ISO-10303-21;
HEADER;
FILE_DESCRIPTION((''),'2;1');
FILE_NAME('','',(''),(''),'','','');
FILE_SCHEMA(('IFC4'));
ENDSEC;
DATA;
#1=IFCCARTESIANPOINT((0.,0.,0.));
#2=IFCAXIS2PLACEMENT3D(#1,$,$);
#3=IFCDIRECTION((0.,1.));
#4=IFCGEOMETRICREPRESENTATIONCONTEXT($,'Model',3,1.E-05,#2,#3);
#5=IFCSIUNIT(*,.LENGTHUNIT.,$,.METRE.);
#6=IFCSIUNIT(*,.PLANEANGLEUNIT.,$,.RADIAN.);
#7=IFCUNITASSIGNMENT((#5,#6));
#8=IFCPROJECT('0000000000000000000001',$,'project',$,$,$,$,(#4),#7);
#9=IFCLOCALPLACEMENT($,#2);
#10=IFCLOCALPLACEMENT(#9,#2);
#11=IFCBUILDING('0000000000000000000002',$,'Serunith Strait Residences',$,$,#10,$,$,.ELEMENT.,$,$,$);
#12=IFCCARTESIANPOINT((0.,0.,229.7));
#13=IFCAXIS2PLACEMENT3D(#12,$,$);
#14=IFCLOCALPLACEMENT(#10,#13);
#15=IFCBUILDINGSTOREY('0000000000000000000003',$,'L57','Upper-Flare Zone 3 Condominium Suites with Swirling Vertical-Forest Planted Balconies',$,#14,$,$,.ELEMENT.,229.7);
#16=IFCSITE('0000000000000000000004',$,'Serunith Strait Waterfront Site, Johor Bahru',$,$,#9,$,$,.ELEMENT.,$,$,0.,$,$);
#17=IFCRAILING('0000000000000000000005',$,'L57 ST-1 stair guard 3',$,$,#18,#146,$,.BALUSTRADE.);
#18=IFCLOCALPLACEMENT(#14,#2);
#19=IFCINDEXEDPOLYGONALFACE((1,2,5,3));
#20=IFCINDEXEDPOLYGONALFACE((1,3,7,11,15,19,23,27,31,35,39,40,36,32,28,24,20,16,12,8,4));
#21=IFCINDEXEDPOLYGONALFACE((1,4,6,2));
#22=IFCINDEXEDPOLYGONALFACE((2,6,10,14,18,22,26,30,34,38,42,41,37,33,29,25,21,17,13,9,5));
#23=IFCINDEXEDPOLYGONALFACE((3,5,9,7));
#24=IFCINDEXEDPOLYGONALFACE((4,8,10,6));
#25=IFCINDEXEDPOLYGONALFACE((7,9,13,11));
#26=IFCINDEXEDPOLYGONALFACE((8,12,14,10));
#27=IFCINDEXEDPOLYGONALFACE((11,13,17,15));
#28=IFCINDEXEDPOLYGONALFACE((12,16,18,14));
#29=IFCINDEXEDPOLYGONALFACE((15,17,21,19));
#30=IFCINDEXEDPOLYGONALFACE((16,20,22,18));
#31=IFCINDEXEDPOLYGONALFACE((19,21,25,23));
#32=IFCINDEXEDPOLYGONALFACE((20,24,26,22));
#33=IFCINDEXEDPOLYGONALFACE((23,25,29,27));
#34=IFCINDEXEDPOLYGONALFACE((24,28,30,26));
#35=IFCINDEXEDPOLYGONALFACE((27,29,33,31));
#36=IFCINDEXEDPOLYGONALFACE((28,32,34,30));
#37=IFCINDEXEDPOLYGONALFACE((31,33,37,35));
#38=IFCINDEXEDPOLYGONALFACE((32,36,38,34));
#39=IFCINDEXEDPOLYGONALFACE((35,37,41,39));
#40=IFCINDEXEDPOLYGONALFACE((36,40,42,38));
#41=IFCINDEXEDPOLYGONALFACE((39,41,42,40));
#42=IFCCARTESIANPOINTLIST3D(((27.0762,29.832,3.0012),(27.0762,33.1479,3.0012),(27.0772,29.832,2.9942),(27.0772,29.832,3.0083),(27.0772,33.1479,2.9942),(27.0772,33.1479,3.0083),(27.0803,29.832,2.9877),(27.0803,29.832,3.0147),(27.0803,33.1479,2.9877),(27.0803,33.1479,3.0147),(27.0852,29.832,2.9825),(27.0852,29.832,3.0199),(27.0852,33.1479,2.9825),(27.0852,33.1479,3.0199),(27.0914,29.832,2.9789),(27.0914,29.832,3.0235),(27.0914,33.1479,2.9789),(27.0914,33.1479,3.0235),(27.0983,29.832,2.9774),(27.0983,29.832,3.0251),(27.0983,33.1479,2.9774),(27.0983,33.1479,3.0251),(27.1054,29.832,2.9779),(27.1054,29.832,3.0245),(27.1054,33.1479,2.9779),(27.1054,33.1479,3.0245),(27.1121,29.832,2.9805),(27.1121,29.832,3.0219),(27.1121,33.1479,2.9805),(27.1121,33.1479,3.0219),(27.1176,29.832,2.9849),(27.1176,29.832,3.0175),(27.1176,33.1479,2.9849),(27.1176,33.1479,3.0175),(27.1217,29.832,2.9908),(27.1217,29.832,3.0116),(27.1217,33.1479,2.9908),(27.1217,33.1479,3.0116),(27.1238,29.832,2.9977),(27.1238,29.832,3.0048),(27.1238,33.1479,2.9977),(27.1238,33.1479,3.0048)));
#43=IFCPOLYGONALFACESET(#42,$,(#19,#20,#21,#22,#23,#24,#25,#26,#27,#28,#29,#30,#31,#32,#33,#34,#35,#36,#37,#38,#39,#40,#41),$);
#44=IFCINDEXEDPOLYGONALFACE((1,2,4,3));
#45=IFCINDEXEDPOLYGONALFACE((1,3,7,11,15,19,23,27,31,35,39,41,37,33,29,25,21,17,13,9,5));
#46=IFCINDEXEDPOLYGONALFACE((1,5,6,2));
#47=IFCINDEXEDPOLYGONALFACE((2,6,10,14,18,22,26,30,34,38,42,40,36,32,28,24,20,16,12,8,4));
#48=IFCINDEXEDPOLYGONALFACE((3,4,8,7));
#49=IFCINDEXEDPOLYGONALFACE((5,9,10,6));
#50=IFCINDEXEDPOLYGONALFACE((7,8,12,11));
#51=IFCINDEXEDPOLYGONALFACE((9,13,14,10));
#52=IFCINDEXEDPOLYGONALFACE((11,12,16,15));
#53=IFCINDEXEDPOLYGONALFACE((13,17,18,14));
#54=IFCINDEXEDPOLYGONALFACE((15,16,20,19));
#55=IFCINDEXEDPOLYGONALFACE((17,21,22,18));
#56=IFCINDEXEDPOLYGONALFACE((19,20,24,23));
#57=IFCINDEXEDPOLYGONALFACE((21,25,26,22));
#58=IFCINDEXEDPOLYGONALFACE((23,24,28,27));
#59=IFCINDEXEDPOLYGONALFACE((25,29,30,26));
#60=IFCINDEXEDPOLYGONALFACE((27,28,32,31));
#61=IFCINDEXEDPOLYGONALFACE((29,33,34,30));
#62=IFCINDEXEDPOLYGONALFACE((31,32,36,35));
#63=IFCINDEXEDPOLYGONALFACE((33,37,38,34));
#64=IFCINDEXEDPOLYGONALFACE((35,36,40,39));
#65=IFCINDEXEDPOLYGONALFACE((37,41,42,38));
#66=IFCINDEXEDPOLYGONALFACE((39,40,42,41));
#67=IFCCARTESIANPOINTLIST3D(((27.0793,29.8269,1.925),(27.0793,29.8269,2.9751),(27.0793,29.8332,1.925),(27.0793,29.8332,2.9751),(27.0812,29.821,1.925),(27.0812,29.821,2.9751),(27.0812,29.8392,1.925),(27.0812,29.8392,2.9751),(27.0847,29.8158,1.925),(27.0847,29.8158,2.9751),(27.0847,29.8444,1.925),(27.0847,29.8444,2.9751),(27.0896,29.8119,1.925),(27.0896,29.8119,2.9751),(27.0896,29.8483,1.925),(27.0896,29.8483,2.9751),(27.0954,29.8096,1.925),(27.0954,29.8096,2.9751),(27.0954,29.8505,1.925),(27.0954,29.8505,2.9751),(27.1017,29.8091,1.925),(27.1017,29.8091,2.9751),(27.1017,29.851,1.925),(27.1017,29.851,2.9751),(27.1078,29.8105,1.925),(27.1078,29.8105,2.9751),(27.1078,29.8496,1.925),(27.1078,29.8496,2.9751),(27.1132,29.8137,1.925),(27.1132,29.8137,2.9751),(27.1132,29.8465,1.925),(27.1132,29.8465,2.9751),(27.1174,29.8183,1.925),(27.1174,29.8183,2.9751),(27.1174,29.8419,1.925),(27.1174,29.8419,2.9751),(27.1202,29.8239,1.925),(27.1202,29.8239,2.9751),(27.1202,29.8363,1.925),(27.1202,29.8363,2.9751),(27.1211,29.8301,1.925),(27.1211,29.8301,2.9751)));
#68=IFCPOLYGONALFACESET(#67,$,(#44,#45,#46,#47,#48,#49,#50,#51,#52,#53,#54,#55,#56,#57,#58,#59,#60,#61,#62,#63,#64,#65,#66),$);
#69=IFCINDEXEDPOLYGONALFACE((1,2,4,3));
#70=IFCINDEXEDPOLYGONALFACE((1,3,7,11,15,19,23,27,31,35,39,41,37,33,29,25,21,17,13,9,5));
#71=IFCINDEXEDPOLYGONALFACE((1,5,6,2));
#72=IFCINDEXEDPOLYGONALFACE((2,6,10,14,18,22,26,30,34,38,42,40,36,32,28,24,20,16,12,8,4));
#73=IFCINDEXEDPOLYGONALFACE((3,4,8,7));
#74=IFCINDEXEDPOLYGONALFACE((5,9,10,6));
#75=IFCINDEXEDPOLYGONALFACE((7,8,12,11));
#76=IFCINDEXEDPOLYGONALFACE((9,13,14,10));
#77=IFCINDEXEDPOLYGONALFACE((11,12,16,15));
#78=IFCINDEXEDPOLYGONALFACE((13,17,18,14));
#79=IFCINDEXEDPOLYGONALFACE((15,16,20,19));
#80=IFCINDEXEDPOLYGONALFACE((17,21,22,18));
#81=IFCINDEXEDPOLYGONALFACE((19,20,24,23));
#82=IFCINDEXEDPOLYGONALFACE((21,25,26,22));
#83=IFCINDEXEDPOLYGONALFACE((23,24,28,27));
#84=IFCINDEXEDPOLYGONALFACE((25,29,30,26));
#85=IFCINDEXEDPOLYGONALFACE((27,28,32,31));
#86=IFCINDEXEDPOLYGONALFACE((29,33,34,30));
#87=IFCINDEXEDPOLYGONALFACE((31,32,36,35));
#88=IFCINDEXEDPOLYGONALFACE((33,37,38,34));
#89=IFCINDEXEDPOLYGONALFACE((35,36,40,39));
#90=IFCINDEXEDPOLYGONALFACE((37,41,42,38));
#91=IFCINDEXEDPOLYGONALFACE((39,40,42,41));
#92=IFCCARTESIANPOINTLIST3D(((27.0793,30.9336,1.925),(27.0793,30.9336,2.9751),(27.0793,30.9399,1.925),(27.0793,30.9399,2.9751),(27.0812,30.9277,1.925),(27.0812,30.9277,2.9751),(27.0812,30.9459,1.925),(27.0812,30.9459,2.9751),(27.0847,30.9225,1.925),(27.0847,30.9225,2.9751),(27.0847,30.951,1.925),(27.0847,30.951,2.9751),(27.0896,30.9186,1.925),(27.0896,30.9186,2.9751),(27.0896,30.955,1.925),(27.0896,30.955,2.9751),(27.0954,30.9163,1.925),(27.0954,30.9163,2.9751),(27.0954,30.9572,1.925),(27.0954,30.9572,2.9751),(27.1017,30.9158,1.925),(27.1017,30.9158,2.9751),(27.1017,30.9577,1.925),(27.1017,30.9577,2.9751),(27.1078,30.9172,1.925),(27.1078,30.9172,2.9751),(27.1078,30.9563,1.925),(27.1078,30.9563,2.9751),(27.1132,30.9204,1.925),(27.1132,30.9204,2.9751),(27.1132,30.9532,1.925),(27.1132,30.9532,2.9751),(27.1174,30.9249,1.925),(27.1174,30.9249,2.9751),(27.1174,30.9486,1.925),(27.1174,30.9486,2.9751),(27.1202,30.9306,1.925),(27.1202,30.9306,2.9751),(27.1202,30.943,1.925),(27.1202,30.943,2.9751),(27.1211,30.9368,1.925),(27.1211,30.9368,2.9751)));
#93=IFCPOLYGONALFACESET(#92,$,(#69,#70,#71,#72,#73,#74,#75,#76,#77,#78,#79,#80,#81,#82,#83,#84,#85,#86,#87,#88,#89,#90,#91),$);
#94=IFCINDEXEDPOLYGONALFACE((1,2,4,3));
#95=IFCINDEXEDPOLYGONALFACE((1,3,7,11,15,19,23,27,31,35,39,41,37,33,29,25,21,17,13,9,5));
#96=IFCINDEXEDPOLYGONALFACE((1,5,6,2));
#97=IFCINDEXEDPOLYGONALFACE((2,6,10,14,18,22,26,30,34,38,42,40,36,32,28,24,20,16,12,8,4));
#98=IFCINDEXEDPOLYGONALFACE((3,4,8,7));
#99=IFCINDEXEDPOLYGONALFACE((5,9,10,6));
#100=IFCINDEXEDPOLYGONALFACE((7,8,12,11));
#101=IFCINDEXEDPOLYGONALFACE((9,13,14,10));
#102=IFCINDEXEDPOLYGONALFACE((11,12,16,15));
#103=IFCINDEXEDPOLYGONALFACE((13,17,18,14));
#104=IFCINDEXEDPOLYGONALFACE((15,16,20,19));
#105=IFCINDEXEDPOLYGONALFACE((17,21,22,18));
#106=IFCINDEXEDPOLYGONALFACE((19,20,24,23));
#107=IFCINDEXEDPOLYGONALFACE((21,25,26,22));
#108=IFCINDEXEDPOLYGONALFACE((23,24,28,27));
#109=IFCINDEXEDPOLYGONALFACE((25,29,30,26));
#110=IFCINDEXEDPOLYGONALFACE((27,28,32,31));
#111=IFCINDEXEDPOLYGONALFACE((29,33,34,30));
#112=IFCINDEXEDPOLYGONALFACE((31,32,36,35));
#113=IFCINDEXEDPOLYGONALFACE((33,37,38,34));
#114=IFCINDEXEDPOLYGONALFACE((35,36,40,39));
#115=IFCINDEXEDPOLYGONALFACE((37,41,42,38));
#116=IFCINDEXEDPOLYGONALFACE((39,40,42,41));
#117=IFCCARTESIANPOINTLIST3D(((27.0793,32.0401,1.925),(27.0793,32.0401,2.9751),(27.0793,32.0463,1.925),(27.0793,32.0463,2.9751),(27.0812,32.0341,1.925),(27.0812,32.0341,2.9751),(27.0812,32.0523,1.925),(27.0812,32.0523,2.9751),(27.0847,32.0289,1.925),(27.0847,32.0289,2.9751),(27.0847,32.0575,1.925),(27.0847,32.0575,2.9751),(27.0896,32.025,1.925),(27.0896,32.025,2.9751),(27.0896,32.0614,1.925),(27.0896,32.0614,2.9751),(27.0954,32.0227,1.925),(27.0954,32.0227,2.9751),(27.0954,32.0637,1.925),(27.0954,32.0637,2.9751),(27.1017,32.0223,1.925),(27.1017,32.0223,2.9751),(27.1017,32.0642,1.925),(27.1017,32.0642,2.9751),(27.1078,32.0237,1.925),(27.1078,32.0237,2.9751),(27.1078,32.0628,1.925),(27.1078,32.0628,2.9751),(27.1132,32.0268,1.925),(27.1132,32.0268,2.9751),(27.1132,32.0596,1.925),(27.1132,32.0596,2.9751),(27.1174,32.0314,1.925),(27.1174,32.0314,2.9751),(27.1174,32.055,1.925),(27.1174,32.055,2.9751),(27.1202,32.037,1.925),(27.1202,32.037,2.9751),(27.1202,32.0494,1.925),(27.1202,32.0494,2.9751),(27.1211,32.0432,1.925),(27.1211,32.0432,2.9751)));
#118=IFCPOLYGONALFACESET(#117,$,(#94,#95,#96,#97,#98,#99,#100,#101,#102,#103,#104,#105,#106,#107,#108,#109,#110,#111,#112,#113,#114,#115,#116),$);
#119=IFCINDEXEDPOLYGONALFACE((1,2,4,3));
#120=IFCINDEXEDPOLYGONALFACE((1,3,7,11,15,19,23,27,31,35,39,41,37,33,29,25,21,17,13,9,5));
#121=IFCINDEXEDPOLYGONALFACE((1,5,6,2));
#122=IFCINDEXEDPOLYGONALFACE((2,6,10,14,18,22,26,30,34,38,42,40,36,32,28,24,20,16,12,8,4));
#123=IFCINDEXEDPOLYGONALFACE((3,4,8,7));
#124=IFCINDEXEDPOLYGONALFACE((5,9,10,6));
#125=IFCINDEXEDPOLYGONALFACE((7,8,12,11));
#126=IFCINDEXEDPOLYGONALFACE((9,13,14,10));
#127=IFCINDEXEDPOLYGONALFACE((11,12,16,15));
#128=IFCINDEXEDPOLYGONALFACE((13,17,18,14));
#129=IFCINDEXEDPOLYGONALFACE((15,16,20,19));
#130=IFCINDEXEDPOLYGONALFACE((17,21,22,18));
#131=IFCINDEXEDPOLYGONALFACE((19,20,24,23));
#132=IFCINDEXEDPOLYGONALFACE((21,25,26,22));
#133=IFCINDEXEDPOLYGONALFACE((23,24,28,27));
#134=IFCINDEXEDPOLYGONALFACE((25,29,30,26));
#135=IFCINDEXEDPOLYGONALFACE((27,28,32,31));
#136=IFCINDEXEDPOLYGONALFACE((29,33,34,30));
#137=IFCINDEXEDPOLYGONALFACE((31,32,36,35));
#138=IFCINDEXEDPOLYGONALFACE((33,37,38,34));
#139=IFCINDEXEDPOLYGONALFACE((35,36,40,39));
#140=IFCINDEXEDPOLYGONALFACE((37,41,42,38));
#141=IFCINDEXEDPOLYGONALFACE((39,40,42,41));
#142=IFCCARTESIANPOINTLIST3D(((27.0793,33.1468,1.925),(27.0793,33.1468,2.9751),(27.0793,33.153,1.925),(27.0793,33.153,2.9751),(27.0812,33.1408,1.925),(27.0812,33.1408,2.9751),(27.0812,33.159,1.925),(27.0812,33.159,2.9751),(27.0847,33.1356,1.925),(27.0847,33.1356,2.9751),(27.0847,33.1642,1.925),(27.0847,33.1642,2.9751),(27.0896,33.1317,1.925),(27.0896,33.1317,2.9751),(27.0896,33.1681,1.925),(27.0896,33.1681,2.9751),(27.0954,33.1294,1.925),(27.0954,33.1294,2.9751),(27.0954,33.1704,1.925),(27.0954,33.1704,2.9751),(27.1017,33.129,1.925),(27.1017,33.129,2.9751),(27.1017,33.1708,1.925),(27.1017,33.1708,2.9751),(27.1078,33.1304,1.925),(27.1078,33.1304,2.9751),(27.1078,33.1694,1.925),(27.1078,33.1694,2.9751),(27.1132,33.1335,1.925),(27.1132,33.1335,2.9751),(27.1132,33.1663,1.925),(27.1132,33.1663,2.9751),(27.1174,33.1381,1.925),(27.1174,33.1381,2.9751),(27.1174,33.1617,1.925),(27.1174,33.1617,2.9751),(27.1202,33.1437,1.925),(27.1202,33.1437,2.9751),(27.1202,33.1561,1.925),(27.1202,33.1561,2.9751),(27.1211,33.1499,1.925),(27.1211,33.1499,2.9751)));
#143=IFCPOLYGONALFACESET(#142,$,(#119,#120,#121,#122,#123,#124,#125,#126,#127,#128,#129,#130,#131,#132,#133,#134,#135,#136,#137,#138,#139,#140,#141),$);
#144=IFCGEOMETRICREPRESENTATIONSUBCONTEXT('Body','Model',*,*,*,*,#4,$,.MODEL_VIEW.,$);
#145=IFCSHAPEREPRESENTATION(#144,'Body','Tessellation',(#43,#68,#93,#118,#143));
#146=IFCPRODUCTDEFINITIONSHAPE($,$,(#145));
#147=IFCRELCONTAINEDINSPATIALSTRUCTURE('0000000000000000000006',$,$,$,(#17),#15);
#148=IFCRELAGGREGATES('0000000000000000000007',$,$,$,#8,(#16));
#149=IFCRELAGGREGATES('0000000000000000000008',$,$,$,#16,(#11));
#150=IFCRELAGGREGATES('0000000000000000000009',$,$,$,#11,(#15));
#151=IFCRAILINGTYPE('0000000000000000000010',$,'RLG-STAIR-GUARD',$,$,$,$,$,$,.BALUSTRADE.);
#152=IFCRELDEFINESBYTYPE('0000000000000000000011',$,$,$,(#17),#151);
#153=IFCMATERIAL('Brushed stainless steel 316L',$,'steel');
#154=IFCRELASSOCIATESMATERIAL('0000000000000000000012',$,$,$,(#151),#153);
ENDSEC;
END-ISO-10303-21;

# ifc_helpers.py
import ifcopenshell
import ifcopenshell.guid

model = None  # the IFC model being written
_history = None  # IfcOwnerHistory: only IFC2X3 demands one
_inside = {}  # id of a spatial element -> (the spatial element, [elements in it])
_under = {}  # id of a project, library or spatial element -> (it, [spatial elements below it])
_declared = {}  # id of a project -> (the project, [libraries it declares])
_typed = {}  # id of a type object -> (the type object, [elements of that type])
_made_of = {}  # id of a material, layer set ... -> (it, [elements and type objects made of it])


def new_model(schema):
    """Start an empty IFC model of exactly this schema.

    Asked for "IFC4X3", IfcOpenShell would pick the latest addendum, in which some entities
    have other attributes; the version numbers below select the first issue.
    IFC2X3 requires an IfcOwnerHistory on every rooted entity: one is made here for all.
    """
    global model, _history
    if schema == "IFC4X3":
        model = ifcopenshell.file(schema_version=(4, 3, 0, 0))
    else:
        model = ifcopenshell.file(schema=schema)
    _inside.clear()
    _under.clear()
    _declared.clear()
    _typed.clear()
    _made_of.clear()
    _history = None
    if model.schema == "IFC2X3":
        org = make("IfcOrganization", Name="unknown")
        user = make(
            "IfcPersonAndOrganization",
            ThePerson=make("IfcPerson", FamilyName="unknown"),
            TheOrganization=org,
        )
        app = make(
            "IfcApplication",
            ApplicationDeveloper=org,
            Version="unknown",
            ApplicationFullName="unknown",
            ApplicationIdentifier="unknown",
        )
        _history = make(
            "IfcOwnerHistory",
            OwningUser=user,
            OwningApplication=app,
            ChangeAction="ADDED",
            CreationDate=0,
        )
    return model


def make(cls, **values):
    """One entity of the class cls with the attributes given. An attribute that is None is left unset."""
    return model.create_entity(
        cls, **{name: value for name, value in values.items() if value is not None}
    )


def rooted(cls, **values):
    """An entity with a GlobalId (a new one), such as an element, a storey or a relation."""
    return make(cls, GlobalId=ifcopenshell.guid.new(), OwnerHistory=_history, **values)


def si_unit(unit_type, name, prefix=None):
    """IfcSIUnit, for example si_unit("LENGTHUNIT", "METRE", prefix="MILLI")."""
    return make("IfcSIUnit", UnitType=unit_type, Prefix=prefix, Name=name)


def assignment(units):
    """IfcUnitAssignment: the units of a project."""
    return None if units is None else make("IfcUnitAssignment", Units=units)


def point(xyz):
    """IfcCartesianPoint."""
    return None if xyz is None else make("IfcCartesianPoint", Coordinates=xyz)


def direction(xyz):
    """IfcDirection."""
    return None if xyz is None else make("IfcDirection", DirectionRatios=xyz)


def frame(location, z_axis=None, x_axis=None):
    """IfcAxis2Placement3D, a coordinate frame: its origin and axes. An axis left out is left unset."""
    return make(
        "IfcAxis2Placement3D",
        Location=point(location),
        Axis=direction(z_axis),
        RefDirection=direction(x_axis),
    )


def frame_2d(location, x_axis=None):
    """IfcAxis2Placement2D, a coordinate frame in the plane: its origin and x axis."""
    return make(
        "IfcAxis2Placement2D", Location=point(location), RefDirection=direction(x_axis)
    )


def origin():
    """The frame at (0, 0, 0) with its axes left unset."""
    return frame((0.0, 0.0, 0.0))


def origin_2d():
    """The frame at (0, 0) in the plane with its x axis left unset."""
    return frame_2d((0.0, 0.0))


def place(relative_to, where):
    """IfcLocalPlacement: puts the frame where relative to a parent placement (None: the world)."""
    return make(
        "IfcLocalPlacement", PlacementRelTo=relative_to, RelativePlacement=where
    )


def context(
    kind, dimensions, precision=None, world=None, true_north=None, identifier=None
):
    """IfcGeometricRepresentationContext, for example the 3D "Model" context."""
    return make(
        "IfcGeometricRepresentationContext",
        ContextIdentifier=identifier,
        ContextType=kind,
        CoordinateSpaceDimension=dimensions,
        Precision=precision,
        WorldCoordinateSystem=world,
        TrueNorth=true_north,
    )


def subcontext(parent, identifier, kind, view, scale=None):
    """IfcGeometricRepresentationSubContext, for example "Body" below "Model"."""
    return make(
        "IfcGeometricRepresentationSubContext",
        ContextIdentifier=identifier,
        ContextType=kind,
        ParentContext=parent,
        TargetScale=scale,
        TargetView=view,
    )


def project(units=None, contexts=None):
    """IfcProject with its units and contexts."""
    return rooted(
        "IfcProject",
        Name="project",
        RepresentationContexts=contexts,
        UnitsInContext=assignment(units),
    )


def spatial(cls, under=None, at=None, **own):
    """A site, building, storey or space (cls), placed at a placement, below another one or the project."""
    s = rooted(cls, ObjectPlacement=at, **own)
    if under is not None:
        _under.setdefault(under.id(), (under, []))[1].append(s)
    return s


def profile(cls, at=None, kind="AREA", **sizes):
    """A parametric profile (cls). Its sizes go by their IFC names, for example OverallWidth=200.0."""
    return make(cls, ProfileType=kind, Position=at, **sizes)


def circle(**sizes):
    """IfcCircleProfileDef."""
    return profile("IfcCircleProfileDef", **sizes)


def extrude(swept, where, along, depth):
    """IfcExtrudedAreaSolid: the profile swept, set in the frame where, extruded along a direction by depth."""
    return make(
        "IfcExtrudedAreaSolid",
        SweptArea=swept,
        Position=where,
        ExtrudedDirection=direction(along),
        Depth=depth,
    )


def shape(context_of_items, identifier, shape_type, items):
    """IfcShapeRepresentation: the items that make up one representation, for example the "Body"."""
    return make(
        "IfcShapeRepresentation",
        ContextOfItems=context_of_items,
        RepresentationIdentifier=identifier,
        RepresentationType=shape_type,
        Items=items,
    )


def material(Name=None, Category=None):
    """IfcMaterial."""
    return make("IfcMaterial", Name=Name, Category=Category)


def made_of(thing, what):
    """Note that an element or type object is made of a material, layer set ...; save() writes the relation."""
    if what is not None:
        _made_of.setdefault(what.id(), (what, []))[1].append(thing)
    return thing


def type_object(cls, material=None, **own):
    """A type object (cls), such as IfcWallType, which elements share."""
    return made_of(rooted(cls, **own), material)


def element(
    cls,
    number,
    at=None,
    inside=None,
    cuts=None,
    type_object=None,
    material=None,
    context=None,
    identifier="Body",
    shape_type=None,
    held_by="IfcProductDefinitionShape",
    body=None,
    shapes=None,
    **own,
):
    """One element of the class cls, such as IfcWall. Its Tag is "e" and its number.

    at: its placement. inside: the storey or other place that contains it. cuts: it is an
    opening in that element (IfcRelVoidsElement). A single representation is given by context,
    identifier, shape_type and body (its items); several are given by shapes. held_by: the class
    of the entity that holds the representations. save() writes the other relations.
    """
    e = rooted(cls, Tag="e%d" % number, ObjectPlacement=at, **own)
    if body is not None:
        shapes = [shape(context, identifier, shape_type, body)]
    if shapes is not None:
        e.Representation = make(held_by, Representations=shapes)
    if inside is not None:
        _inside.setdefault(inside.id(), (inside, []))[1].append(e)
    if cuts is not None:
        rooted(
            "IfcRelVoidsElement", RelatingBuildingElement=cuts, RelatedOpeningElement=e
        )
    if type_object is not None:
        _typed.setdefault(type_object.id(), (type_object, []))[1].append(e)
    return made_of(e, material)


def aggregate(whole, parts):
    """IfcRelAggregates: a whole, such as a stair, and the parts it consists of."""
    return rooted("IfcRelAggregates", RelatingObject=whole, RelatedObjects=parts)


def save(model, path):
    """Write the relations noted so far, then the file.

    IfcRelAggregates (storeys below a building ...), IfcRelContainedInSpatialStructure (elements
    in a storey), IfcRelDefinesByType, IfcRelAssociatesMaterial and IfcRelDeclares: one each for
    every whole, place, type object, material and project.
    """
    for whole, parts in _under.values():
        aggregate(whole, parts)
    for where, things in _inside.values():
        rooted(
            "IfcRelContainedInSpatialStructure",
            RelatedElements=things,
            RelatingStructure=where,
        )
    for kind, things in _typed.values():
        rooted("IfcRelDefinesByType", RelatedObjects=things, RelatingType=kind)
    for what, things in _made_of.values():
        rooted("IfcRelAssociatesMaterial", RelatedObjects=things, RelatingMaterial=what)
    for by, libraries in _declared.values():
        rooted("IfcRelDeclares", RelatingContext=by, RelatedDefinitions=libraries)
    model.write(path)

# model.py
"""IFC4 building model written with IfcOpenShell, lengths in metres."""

from ifc_helpers import new_model, si_unit, direction, frame, origin, origin_2d, place, context, subcontext, project, spatial, circle, extrude, material, type_object, element, save


model = new_model("IFC4")

# Units and contexts
model_context = context("Model", 3, precision=1e-05, world=origin(), true_north=direction((0.0, 1.0)))
body_context = subcontext(model_context, "Body", "Model", "MODEL_VIEW")
ifc_project = project(units=[si_unit("LENGTHUNIT", "METRE"), si_unit("PLANEANGLEUNIT", "RADIAN")], contexts=[model_context])

# Site, building, storey
site_placement = place(None, origin())
site = spatial("IfcSite", under=ifc_project, at=site_placement, Name="Serunith Strait Waterfront Site, Johor Bahru", CompositionType="ELEMENT", RefElevation=0.0)
building_placement = place(site_placement, origin())
building = spatial("IfcBuilding", under=site, at=building_placement, Name="Serunith Strait Residences", CompositionType="ELEMENT")
storey_placement = place(building_placement, frame((0.0, 0.0, 229.7)))
storey = spatial("IfcBuildingStorey", under=building, at=storey_placement, Name="L57", Description="Upper-Flare Zone 3 Condominium Suites with Swirling Vertical-Forest Planted Balconies", CompositionType="ELEMENT", Elevation=229.7)

# Railing
ifc_material_1 = material(Name="Brushed stainless steel 316L", Category="steel")
railing_type_1 = type_object("IfcRailingType", Name="RLG-STAIR-GUARD", PredefinedType="BALUSTRADE", material=ifc_material_1)
for number, where, name in (
    (1, (27.1001, 29.8301, 1.925), "L57 ST-1 stair guard 3"),
):
    element("IfcRailing", number, at=place(storey_placement, frame(where)), inside=storey, type_object=railing_type_1, Name=name, PredefinedType="BALUSTRADE", context=body_context, shape_type="SweptSolid", body=[
        extrude(circle(Radius=0.0239, at=origin_2d()), frame((0.0, 0.002, 1.0762), z_axis=(0.0, 1.0, 0.0), x_axis=(-1.0, 0.0, 0.0)), (0.0, 0.0, 1.0), 3.3159),
        extrude(circle(Radius=0.021, at=origin_2d()), origin(), (0.0, 0.0, 1.0), 1.05),
        extrude(circle(Radius=0.021, at=origin_2d()), frame((0.0, 1.1067, 0.0)), (0.0, 0.0, 1.0), 1.05),
        extrude(circle(Radius=0.021, at=origin_2d()), frame((0.0, 2.2131, 0.0)), (0.0, 0.0, 1.0), 1.05),
        extrude(circle(Radius=0.021, at=origin_2d()), frame((0.0, 3.3198, 0.0)), (0.0, 0.0, 1.0), 1.05),
    ])

save(model, "model.ifc")
